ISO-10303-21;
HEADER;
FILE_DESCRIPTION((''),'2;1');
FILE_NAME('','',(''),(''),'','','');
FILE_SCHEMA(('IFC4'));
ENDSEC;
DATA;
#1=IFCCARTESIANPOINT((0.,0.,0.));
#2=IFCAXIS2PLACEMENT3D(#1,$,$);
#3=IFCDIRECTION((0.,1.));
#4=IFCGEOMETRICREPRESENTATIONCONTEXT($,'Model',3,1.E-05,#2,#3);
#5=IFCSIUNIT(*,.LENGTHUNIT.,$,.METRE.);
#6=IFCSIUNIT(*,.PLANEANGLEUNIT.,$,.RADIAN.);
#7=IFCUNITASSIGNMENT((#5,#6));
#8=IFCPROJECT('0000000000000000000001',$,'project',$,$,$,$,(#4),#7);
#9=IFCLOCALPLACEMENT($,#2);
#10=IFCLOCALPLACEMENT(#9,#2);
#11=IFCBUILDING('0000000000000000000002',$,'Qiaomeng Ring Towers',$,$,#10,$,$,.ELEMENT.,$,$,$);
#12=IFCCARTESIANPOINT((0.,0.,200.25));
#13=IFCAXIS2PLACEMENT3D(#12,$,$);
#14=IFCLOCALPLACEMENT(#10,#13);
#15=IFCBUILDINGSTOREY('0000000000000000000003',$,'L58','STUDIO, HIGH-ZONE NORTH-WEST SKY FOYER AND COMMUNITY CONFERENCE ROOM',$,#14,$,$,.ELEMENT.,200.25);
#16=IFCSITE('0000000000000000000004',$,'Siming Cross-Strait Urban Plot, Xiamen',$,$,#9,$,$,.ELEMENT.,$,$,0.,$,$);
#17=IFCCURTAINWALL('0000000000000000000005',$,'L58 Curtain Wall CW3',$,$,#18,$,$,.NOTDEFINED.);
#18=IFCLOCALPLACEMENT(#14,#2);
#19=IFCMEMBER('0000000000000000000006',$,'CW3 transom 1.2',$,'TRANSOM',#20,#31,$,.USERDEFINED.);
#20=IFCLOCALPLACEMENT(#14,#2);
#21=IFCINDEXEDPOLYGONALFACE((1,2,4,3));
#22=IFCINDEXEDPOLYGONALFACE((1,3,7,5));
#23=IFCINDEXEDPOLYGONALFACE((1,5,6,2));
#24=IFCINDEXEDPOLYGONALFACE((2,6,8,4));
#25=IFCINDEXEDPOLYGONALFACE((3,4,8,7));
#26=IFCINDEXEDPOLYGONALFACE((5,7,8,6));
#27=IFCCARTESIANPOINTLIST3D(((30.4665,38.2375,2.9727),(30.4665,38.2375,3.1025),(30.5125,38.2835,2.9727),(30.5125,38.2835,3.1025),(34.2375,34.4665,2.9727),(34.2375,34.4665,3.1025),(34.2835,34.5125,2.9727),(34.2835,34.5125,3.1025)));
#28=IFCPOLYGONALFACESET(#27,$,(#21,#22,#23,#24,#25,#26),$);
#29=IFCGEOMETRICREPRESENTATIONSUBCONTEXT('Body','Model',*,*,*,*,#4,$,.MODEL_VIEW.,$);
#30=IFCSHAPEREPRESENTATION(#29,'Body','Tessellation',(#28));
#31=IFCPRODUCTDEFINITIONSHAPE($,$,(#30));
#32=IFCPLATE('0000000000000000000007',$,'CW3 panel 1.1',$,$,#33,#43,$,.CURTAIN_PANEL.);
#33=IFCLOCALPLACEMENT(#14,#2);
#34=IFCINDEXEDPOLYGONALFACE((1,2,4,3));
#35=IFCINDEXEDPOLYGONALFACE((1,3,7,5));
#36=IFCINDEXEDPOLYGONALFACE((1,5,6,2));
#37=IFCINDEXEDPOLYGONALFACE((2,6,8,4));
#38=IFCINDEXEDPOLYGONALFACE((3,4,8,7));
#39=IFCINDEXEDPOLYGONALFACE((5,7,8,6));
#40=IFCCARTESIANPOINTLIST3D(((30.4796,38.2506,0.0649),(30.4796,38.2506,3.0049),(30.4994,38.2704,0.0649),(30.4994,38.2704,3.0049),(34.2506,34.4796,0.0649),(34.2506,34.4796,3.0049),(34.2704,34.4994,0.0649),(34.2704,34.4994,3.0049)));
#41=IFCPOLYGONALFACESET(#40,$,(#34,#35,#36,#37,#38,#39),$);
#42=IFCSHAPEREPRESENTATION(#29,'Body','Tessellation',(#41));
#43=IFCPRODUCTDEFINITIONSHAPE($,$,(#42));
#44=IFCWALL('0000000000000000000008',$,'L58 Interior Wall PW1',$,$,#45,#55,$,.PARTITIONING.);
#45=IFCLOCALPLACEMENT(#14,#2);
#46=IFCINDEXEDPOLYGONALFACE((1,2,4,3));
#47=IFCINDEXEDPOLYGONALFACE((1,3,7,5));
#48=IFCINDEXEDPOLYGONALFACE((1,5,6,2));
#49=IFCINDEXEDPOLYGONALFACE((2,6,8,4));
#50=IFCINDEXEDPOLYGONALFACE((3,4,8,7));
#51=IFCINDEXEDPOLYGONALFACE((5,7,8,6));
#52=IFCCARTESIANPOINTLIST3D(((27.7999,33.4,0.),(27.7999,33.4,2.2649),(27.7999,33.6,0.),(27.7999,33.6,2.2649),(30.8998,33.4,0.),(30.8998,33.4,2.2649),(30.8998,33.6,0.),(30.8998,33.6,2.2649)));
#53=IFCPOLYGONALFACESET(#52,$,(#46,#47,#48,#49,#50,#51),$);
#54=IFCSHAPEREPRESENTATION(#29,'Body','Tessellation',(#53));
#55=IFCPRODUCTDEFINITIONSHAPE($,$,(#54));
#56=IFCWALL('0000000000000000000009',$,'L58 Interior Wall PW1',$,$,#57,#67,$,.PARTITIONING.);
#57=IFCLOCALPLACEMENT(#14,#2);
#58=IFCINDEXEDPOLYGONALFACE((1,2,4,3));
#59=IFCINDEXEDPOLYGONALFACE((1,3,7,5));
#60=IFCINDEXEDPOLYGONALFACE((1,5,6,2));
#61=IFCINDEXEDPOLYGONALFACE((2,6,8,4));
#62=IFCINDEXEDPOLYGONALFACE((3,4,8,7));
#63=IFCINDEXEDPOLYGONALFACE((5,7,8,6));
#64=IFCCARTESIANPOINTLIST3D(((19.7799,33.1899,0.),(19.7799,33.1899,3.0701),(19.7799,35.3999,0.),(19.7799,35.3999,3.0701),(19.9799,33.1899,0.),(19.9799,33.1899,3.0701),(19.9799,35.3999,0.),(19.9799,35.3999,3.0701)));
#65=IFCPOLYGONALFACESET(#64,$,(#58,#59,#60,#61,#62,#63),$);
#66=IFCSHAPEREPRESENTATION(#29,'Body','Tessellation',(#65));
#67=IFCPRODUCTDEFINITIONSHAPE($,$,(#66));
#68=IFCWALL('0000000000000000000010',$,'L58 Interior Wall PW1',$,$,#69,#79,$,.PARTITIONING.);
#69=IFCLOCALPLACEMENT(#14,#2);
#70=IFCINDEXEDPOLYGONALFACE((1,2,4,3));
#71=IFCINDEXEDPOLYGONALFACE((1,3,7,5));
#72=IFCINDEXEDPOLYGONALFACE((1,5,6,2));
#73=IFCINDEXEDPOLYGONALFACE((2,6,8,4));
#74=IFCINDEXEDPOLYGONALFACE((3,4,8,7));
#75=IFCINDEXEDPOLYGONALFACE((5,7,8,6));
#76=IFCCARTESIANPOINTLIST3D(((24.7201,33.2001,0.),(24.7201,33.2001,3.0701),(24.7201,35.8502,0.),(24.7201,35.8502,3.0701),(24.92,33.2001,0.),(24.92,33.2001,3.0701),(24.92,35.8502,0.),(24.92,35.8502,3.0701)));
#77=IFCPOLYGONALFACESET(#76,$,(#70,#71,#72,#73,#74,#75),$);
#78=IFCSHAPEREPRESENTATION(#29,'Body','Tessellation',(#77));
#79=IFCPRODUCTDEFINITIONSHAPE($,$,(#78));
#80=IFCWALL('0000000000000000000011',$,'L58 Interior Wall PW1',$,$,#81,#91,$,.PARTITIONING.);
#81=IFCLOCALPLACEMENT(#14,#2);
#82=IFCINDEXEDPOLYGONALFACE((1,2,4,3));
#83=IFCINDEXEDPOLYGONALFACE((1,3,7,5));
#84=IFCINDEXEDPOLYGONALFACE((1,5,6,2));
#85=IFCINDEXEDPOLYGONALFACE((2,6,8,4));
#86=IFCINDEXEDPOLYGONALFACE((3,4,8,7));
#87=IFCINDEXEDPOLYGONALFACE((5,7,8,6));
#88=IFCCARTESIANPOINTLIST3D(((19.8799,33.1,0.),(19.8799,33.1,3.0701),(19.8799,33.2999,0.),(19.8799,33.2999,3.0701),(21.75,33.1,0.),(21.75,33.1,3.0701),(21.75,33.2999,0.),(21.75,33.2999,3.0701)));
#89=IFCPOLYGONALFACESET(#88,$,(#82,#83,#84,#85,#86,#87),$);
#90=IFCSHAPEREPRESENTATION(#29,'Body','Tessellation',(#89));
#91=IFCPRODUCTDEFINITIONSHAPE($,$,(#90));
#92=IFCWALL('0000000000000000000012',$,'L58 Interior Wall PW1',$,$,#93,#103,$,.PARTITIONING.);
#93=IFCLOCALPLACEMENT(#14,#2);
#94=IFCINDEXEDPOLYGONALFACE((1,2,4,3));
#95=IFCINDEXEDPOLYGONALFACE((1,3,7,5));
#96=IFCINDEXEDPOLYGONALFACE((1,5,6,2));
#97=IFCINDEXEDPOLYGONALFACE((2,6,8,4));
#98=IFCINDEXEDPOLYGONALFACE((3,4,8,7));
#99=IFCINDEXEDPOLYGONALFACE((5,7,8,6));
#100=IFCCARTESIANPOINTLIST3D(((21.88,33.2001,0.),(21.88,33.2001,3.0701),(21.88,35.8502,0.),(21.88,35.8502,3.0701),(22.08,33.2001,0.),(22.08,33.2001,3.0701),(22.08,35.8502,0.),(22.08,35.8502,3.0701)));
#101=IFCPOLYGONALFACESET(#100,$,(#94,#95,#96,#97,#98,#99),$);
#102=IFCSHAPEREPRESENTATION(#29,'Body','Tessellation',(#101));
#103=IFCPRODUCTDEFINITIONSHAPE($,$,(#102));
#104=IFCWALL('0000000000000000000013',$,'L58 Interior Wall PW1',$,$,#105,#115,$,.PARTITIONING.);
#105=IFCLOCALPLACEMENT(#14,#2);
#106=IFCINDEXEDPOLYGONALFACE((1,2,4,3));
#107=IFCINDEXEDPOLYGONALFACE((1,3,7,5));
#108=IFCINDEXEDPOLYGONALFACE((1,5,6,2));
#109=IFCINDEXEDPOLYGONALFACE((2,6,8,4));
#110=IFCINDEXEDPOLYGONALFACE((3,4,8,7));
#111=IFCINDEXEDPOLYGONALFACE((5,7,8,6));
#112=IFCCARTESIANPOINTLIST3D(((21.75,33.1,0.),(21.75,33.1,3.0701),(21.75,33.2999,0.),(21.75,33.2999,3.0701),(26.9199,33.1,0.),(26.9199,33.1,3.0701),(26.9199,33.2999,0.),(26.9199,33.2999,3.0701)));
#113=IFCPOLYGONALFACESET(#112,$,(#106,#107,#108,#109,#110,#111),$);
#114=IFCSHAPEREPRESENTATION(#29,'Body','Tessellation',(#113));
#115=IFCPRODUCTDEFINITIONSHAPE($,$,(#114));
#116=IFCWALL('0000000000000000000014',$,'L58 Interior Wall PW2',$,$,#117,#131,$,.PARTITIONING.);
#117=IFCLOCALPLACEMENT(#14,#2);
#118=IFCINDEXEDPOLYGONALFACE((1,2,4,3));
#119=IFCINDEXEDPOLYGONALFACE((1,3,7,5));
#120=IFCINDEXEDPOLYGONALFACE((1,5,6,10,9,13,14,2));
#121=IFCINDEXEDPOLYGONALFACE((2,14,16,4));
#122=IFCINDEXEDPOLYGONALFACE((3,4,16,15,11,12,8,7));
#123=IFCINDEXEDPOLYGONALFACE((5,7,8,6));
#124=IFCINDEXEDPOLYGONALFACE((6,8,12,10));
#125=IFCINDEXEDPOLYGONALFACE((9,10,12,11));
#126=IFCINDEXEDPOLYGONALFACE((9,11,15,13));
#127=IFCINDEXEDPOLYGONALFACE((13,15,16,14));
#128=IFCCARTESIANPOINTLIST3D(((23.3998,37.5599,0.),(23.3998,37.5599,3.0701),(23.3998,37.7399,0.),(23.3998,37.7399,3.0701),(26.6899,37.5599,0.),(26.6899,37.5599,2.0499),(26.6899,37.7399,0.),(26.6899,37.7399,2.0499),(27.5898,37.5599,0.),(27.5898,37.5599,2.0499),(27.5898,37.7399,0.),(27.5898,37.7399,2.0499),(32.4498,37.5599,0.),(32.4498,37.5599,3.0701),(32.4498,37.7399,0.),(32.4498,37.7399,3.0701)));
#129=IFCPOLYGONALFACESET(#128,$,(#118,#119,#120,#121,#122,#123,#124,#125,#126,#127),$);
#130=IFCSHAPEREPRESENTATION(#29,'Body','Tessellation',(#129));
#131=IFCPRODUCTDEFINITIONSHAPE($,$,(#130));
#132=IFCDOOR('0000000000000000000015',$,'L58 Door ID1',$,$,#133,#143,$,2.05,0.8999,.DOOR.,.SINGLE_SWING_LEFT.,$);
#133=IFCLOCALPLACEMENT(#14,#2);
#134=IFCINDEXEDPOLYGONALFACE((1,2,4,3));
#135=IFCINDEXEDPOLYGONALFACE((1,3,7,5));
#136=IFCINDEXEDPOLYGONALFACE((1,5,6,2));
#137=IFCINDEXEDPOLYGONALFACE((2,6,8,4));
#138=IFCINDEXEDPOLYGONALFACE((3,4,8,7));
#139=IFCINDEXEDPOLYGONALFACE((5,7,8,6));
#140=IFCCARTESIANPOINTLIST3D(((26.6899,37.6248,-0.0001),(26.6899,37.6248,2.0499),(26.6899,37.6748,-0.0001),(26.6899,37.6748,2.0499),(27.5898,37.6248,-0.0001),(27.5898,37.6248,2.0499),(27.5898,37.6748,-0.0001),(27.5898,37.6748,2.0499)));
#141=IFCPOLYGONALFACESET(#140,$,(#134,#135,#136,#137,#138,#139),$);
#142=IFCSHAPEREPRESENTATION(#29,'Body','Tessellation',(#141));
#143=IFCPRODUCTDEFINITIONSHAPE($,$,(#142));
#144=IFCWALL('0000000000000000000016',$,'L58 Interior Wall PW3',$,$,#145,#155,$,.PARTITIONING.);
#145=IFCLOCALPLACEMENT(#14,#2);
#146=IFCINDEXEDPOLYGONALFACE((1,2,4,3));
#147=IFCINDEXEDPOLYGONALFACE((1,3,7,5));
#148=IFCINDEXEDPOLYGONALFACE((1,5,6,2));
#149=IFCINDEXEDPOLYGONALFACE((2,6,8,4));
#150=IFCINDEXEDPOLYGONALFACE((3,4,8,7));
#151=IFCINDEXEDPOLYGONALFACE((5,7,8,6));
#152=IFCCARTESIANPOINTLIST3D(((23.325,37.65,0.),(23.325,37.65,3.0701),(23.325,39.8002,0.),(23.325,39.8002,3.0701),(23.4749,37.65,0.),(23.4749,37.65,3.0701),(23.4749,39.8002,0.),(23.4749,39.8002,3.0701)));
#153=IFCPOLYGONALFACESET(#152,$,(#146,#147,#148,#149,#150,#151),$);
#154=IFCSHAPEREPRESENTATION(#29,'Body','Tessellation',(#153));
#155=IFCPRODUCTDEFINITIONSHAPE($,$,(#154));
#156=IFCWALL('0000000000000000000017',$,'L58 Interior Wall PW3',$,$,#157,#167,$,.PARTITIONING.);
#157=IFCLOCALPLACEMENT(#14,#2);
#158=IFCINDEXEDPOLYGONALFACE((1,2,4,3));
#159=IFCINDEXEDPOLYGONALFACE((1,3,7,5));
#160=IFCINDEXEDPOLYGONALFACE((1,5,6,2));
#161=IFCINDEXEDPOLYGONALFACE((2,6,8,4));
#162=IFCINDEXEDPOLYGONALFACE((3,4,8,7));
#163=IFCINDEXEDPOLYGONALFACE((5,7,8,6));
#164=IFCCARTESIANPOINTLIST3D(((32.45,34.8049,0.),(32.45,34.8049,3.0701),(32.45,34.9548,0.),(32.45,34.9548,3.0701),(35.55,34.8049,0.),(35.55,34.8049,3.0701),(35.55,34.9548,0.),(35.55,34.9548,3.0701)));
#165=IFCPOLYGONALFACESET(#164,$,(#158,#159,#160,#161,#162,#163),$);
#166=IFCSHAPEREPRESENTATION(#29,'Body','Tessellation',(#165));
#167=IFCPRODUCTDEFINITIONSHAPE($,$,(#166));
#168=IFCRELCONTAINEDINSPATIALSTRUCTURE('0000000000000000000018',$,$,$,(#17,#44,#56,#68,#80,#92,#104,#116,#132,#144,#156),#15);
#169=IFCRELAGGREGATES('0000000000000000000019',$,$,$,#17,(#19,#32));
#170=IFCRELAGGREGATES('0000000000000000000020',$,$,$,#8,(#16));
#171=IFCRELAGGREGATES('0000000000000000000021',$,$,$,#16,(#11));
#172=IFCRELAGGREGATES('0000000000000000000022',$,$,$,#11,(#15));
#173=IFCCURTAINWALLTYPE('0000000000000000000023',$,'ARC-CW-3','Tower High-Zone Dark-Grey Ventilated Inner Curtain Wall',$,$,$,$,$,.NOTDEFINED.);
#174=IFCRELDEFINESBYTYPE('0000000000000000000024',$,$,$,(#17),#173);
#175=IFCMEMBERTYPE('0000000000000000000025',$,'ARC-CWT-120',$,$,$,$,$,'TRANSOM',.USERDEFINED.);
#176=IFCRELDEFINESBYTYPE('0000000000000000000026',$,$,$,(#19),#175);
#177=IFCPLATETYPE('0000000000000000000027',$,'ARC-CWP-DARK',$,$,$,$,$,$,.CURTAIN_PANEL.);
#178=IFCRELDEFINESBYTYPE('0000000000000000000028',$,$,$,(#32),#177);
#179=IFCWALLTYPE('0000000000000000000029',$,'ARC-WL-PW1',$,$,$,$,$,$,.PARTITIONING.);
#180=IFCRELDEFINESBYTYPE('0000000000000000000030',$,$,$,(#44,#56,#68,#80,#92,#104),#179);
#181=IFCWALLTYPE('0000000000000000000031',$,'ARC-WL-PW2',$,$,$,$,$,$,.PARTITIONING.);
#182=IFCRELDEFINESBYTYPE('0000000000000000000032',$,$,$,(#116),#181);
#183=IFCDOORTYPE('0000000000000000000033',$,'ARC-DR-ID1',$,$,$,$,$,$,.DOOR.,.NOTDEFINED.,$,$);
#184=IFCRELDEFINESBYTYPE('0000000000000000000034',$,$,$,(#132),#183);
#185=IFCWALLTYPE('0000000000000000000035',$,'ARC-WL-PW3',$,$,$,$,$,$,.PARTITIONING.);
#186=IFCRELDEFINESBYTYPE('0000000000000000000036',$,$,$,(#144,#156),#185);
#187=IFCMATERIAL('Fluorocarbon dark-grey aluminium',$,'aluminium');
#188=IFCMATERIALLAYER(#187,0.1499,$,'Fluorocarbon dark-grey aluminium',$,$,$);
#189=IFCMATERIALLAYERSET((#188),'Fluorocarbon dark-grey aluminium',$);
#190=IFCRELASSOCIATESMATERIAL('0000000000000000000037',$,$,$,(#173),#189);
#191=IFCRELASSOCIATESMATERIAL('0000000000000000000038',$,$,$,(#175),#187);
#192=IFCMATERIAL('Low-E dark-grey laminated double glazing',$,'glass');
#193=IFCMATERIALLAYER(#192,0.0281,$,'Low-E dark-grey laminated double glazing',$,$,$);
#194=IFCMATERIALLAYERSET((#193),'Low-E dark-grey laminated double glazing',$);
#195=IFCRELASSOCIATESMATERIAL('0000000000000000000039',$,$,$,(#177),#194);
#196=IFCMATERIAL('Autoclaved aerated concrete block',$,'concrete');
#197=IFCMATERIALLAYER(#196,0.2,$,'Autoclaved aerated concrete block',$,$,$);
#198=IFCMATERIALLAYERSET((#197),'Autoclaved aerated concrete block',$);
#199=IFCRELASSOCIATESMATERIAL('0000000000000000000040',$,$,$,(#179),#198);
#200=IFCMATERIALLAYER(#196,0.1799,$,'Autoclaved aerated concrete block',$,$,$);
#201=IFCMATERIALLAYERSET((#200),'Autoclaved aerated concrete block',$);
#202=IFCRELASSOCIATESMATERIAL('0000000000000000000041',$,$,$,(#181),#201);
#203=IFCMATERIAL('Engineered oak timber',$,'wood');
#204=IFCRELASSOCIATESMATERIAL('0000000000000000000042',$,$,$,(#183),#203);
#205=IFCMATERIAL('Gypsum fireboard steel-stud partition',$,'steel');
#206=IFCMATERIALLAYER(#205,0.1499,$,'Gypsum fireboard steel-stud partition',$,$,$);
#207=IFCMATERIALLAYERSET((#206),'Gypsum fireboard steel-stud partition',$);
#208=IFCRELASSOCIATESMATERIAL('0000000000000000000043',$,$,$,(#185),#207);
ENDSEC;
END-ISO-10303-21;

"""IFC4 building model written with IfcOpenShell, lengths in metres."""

from ifc_helpers import new_model, si_unit, direction, frame, frame_2d, origin, origin_2d, place, context, subcontext, project, spatial, rectangle, extrude, source, transform, mapped, material, layer, layer_set, material_profile, profile_set, type_object, element, fill, aggregate, save


model = new_model("IFC4")

# Units and contexts
model_context = context("Model", 3, precision=1e-05, world=origin(), true_north=direction((0.0, 1.0)))
body_context = subcontext(model_context, "Body", "Model", "MODEL_VIEW")
ifc_project = project(units=[si_unit("LENGTHUNIT", "METRE"), si_unit("PLANEANGLEUNIT", "RADIAN")], contexts=[model_context])

# Site, building, storey
site_placement = place(None, origin())
site = spatial("IfcSite", under=ifc_project, at=site_placement, Name="Siming Cross-Strait Urban Plot, Xiamen", CompositionType="ELEMENT", RefElevation=0.0)
building_placement = place(site_placement, origin())
building = spatial("IfcBuilding", under=site, at=building_placement, Name="Qiaomeng Ring Towers", CompositionType="ELEMENT")
storey_placement = place(building_placement, frame((0.0, 0.0, 200.25)))
storey = spatial("IfcBuildingStorey", under=building, at=storey_placement, Name="L58", Description="STUDIO, HIGH-ZONE NORTH-WEST SKY FOYER AND COMMUNITY CONFERENCE ROOM", CompositionType="ELEMENT", Elevation=200.25)

# Curtain wall, member, plate
ifc_material_1 = material(Name="Fluorocarbon dark-grey aluminium", Category="aluminium")
ifc_layer_1 = layer(ifc_material_1, 0.1499, Name="Fluorocarbon dark-grey aluminium")
ifc_layer_set_1 = layer_set([ifc_layer_1], Name="Fluorocarbon dark-grey aluminium")
curtain_wall_type = type_object("IfcCurtainWallType", Name="ARC-CW-3", Description="Tower High-Zone Dark-Grey Ventilated Inner Curtain Wall", PredefinedType="NOTDEFINED", material=ifc_layer_set_1)
curtain_wall_placement = place(storey_placement, origin())
curtain_wall = element("IfcCurtainWall", 1, at=curtain_wall_placement, inside=storey, type_object=curtain_wall_type, Name="L58 Curtain Wall CW3", PredefinedType="NOTDEFINED")
ifc_material_profile_1 = material_profile(ifc_material_1, rectangle(XDim=0.0649, YDim=0.1299, at=origin_2d()), Name="ALU TRAN 65x130")
ifc_profile_set_1 = profile_set([ifc_material_profile_1], Name="Fluorocarbon dark-grey aluminium")
member_type_1 = type_object("IfcMemberType", Name="ARC-CWT-120", ElementType="TRANSOM", PredefinedType="USERDEFINED", material=ifc_profile_set_1)
shared_shape_1 = source(origin(), body_context, "Body", "SweptSolid", [
    extrude(rectangle(XDim=0.0649, YDim=0.1299, at=origin_2d()), origin(), (0.0, 0.0, 1.0), 5.333),
])
member_1_placement = place(storey_placement, frame((34.2605, 34.4895, 3.0376), z_axis=(-0.707107, 0.707107, 0.0), x_axis=(-0.707107, -0.707107, 0.0)))
member_1 = element("IfcMember", 2, at=member_1_placement, type_object=member_type_1, Name="CW3 transom 1.2", ObjectType="TRANSOM", PredefinedType="USERDEFINED", context=body_context, shape_type="MappedRepresentation", body=[
    mapped(shared_shape_1, transform((0.0, 0.0, 0.0), x_axis=(1.0, 0.0, 0.0), y_axis=(0.0, 1.0, 0.0), z_axis=(0.0, 0.0, 1.0), scale=1.0)),
])
ifc_material_2 = material(Name="Low-E dark-grey laminated double glazing", Category="glass")
ifc_layer_2 = layer(ifc_material_2, 0.0281, Name="Low-E dark-grey laminated double glazing")
ifc_layer_set_2 = layer_set([ifc_layer_2], Name="Low-E dark-grey laminated double glazing")
plate_type = type_object("IfcPlateType", Name="ARC-CWP-DARK", PredefinedType="CURTAIN_PANEL", material=ifc_layer_set_2)
shared_shape_2 = source(origin(), body_context, "Body", "SweptSolid", [
    extrude(rectangle(XDim=5.333, YDim=0.0281, at=origin_2d()), origin(), (0.0, 0.0, 1.0), 2.9399),
])
plate_placement = place(storey_placement, frame((32.375, 36.375, 0.0649), z_axis=(0.0, 0.0, 1.0), x_axis=(-0.707107, 0.707107, 0.0)))
plate = element("IfcPlate", 3, at=plate_placement, type_object=plate_type, Name="CW3 panel 1.1", PredefinedType="CURTAIN_PANEL", context=body_context, shape_type="MappedRepresentation", body=[
    mapped(shared_shape_2, transform((0.0, 0.0, 0.0), x_axis=(1.0, 0.0, 0.0), y_axis=(0.0, 1.0, 0.0), z_axis=(0.0, 0.0, 1.0), scale=1.0)),
])
aggregate(curtain_wall, [member_1, plate])

# Walls
ifc_material_3 = material(Name="Autoclaved aerated concrete block", Category="concrete")
ifc_layer_3 = layer(ifc_material_3, 0.2, Name="Autoclaved aerated concrete block")
ifc_layer_set_3 = layer_set([ifc_layer_3], Name="Autoclaved aerated concrete block")
wall_type_1 = type_object("IfcWallType", Name="ARC-WL-PW1", PredefinedType="PARTITIONING", material=ifc_layer_set_3)
wall_1_placement = place(storey_placement, frame((27.8, 33.5, 0.0), z_axis=(0.0, 0.0, 1.0), x_axis=(1.0, 0.0, 0.0)))
element("IfcWall", 4, at=wall_1_placement, inside=storey, type_object=wall_type_1, Name="L58 Interior Wall PW1", PredefinedType="PARTITIONING", context=body_context, shape_type="SweptSolid", body=[
    extrude(rectangle(XDim=3.0999, YDim=0.2, at=frame_2d((1.5498, 0.0))), origin(), (0.0, 0.0, 1.0), 2.2649),
])
wall_2_placement = place(storey_placement, frame((19.8799, 33.1899, 0.0), z_axis=(0.0, 0.0, 1.0), x_axis=(0.0, 1.0, 0.0)))
element("IfcWall", 5, at=wall_2_placement, inside=storey, type_object=wall_type_1, Name="L58 Interior Wall PW1", PredefinedType="PARTITIONING", context=body_context, shape_type="SweptSolid", body=[
    extrude(rectangle(XDim=2.21, YDim=0.2, at=frame_2d((1.105, 0.0))), origin(), (0.0, 0.0, 1.0), 3.0701),
])
wall_3_placement = place(storey_placement, frame((24.8201, 33.2, 0.0), z_axis=(0.0, 0.0, 1.0), x_axis=(0.0, 1.0, 0.0)))
element("IfcWall", 6, at=wall_3_placement, inside=storey, type_object=wall_type_1, Name="L58 Interior Wall PW1", PredefinedType="PARTITIONING", context=body_context, shape_type="SweptSolid", body=[
    extrude(rectangle(XDim=2.6501, YDim=0.2, at=frame_2d((1.3252, 0.0))), origin(), (0.0, 0.0, 1.0), 3.0701),
])
wall_4_placement = place(storey_placement, frame((19.8799, 33.2, 0.0), z_axis=(0.0, 0.0, 1.0), x_axis=(1.0, 0.0, 0.0)))
element("IfcWall", 7, at=wall_4_placement, inside=storey, type_object=wall_type_1, Name="L58 Interior Wall PW1", PredefinedType="PARTITIONING", context=body_context, shape_type="SweptSolid", body=[
    extrude(rectangle(XDim=1.8701, YDim=0.2, at=frame_2d((0.9351, 0.0))), origin(), (0.0, 0.0, 1.0), 3.0701),
])
wall_5_placement = place(storey_placement, frame((21.98, 33.2, 0.0), z_axis=(0.0, 0.0, 1.0), x_axis=(0.0, 1.0, 0.0)))
element("IfcWall", 8, at=wall_5_placement, inside=storey, type_object=wall_type_1, Name="L58 Interior Wall PW1", PredefinedType="PARTITIONING", context=body_context, shape_type="SweptSolid", body=[
    extrude(rectangle(XDim=2.6501, YDim=0.2, at=frame_2d((1.3252, 0.0))), origin(), (0.0, 0.0, 1.0), 3.0701),
])
wall_6_placement = place(storey_placement, frame((21.75, 33.2, 0.0), z_axis=(0.0, 0.0, 1.0), x_axis=(1.0, 0.0, 0.0)))
element("IfcWall", 9, at=wall_6_placement, inside=storey, type_object=wall_type_1, Name="L58 Interior Wall PW1", PredefinedType="PARTITIONING", context=body_context, shape_type="SweptSolid", body=[
    extrude(rectangle(XDim=5.1699, YDim=0.2, at=frame_2d((2.585, 0.0))), origin(), (0.0, 0.0, 1.0), 3.0701),
])

# Wall, opening, door
ifc_layer_4 = layer(ifc_material_3, 0.1799, Name="Autoclaved aerated concrete block")
ifc_layer_set_4 = layer_set([ifc_layer_4], Name="Autoclaved aerated concrete block")
wall_type_2 = type_object("IfcWallType", Name="ARC-WL-PW2", PredefinedType="PARTITIONING", material=ifc_layer_set_4)
wall_7_placement = place(storey_placement, frame((23.3999, 37.6499, 0.0), z_axis=(0.0, 0.0, 1.0), x_axis=(1.0, 0.0, 0.0)))
wall_7 = element("IfcWall", 10, at=wall_7_placement, inside=storey, type_object=wall_type_2, Name="L58 Interior Wall PW2", PredefinedType="PARTITIONING", context=body_context, shape_type="SweptSolid", body=[
    extrude(rectangle(XDim=9.05, YDim=0.1799, at=frame_2d((4.5249, 0.0))), origin(), (0.0, 0.0, 1.0), 3.0701),
])
opening_placement = place(wall_7_placement, frame((3.29, 0.0, 0.0)))
opening = element("IfcOpeningElement", 11, at=opening_placement, cuts=wall_7, PredefinedType="OPENING", context=body_context, shape_type="SweptSolid", body=[
    extrude(rectangle(XDim=0.8999, YDim=2.05, at=frame_2d((0.45, 1.0249))), frame((0.0, 0.0999, 0.0), z_axis=(0.0, -1.0, 0.0), x_axis=(1.0, 0.0, 0.0)), (0.0, 0.0, 1.0), 0.2),
])
ifc_material_4 = material(Name="Engineered oak timber", Category="wood")
door_type = type_object("IfcDoorType", Name="ARC-DR-ID1", OperationType="NOTDEFINED", PredefinedType="DOOR", material=ifc_material_4)
shared_shape_3 = source(origin(), body_context, "Body", "SweptSolid", [
    extrude(rectangle(XDim=0.8999, YDim=2.05, at=frame_2d((0.45, 1.0249))), frame((0.0, 0.0249, 0.0), z_axis=(0.0, -1.0, 0.0), x_axis=(1.0, 0.0, 0.0)), (0.0, 0.0, 1.0), 0.05),
])
door_placement = place(opening_placement, origin())
door = element("IfcDoor", 12, at=door_placement, inside=storey, type_object=door_type, Name="L58 Door ID1", OperationType="SINGLE_SWING_LEFT", OverallHeight=2.05, OverallWidth=0.8999, PredefinedType="DOOR", context=body_context, shape_type="MappedRepresentation", body=[
    mapped(shared_shape_3, transform((0.0, 0.0, 0.0), x_axis=(1.0, 0.0, 0.0), y_axis=(0.0, 1.0, 0.0), z_axis=(0.0, 0.0, 1.0), scale=1.0)),
])
fill(opening, door)

# Walls
ifc_material_5 = material(Name="Gypsum fireboard steel-stud partition", Category="steel")
ifc_layer_5 = layer(ifc_material_5, 0.1499, Name="Gypsum fireboard steel-stud partition")
ifc_layer_set_5 = layer_set([ifc_layer_5], Name="Gypsum fireboard steel-stud partition")
wall_type_3 = type_object("IfcWallType", Name="ARC-WL-PW3", PredefinedType="PARTITIONING", material=ifc_layer_set_5)
wall_8_placement = place(storey_placement, frame((23.3999, 37.6499, 0.0), z_axis=(0.0, 0.0, 1.0), x_axis=(0.0, 1.0, 0.0)))
element("IfcWall", 13, at=wall_8_placement, inside=storey, type_object=wall_type_3, Name="L58 Interior Wall PW3", PredefinedType="PARTITIONING", context=body_context, shape_type="SweptSolid", body=[
    extrude(rectangle(XDim=2.1501, YDim=0.1499, at=frame_2d((1.0752, 0.0))), origin(), (0.0, 0.0, 1.0), 3.0701),
])
wall_9_placement = place(storey_placement, frame((32.45, 34.8799, 0.0), z_axis=(0.0, 0.0, 1.0), x_axis=(1.0, 0.0, 0.0)))
element("IfcWall", 14, at=wall_9_placement, inside=storey, type_object=wall_type_3, Name="L58 Interior Wall PW3", PredefinedType="PARTITIONING", context=body_context, shape_type="SweptSolid", body=[
    extrude(rectangle(XDim=3.1001, YDim=0.1499, at=frame_2d((1.55, 0.0))), origin(), (0.0, 0.0, 1.0), 3.0701),
])

save(model, "model.ifc")
